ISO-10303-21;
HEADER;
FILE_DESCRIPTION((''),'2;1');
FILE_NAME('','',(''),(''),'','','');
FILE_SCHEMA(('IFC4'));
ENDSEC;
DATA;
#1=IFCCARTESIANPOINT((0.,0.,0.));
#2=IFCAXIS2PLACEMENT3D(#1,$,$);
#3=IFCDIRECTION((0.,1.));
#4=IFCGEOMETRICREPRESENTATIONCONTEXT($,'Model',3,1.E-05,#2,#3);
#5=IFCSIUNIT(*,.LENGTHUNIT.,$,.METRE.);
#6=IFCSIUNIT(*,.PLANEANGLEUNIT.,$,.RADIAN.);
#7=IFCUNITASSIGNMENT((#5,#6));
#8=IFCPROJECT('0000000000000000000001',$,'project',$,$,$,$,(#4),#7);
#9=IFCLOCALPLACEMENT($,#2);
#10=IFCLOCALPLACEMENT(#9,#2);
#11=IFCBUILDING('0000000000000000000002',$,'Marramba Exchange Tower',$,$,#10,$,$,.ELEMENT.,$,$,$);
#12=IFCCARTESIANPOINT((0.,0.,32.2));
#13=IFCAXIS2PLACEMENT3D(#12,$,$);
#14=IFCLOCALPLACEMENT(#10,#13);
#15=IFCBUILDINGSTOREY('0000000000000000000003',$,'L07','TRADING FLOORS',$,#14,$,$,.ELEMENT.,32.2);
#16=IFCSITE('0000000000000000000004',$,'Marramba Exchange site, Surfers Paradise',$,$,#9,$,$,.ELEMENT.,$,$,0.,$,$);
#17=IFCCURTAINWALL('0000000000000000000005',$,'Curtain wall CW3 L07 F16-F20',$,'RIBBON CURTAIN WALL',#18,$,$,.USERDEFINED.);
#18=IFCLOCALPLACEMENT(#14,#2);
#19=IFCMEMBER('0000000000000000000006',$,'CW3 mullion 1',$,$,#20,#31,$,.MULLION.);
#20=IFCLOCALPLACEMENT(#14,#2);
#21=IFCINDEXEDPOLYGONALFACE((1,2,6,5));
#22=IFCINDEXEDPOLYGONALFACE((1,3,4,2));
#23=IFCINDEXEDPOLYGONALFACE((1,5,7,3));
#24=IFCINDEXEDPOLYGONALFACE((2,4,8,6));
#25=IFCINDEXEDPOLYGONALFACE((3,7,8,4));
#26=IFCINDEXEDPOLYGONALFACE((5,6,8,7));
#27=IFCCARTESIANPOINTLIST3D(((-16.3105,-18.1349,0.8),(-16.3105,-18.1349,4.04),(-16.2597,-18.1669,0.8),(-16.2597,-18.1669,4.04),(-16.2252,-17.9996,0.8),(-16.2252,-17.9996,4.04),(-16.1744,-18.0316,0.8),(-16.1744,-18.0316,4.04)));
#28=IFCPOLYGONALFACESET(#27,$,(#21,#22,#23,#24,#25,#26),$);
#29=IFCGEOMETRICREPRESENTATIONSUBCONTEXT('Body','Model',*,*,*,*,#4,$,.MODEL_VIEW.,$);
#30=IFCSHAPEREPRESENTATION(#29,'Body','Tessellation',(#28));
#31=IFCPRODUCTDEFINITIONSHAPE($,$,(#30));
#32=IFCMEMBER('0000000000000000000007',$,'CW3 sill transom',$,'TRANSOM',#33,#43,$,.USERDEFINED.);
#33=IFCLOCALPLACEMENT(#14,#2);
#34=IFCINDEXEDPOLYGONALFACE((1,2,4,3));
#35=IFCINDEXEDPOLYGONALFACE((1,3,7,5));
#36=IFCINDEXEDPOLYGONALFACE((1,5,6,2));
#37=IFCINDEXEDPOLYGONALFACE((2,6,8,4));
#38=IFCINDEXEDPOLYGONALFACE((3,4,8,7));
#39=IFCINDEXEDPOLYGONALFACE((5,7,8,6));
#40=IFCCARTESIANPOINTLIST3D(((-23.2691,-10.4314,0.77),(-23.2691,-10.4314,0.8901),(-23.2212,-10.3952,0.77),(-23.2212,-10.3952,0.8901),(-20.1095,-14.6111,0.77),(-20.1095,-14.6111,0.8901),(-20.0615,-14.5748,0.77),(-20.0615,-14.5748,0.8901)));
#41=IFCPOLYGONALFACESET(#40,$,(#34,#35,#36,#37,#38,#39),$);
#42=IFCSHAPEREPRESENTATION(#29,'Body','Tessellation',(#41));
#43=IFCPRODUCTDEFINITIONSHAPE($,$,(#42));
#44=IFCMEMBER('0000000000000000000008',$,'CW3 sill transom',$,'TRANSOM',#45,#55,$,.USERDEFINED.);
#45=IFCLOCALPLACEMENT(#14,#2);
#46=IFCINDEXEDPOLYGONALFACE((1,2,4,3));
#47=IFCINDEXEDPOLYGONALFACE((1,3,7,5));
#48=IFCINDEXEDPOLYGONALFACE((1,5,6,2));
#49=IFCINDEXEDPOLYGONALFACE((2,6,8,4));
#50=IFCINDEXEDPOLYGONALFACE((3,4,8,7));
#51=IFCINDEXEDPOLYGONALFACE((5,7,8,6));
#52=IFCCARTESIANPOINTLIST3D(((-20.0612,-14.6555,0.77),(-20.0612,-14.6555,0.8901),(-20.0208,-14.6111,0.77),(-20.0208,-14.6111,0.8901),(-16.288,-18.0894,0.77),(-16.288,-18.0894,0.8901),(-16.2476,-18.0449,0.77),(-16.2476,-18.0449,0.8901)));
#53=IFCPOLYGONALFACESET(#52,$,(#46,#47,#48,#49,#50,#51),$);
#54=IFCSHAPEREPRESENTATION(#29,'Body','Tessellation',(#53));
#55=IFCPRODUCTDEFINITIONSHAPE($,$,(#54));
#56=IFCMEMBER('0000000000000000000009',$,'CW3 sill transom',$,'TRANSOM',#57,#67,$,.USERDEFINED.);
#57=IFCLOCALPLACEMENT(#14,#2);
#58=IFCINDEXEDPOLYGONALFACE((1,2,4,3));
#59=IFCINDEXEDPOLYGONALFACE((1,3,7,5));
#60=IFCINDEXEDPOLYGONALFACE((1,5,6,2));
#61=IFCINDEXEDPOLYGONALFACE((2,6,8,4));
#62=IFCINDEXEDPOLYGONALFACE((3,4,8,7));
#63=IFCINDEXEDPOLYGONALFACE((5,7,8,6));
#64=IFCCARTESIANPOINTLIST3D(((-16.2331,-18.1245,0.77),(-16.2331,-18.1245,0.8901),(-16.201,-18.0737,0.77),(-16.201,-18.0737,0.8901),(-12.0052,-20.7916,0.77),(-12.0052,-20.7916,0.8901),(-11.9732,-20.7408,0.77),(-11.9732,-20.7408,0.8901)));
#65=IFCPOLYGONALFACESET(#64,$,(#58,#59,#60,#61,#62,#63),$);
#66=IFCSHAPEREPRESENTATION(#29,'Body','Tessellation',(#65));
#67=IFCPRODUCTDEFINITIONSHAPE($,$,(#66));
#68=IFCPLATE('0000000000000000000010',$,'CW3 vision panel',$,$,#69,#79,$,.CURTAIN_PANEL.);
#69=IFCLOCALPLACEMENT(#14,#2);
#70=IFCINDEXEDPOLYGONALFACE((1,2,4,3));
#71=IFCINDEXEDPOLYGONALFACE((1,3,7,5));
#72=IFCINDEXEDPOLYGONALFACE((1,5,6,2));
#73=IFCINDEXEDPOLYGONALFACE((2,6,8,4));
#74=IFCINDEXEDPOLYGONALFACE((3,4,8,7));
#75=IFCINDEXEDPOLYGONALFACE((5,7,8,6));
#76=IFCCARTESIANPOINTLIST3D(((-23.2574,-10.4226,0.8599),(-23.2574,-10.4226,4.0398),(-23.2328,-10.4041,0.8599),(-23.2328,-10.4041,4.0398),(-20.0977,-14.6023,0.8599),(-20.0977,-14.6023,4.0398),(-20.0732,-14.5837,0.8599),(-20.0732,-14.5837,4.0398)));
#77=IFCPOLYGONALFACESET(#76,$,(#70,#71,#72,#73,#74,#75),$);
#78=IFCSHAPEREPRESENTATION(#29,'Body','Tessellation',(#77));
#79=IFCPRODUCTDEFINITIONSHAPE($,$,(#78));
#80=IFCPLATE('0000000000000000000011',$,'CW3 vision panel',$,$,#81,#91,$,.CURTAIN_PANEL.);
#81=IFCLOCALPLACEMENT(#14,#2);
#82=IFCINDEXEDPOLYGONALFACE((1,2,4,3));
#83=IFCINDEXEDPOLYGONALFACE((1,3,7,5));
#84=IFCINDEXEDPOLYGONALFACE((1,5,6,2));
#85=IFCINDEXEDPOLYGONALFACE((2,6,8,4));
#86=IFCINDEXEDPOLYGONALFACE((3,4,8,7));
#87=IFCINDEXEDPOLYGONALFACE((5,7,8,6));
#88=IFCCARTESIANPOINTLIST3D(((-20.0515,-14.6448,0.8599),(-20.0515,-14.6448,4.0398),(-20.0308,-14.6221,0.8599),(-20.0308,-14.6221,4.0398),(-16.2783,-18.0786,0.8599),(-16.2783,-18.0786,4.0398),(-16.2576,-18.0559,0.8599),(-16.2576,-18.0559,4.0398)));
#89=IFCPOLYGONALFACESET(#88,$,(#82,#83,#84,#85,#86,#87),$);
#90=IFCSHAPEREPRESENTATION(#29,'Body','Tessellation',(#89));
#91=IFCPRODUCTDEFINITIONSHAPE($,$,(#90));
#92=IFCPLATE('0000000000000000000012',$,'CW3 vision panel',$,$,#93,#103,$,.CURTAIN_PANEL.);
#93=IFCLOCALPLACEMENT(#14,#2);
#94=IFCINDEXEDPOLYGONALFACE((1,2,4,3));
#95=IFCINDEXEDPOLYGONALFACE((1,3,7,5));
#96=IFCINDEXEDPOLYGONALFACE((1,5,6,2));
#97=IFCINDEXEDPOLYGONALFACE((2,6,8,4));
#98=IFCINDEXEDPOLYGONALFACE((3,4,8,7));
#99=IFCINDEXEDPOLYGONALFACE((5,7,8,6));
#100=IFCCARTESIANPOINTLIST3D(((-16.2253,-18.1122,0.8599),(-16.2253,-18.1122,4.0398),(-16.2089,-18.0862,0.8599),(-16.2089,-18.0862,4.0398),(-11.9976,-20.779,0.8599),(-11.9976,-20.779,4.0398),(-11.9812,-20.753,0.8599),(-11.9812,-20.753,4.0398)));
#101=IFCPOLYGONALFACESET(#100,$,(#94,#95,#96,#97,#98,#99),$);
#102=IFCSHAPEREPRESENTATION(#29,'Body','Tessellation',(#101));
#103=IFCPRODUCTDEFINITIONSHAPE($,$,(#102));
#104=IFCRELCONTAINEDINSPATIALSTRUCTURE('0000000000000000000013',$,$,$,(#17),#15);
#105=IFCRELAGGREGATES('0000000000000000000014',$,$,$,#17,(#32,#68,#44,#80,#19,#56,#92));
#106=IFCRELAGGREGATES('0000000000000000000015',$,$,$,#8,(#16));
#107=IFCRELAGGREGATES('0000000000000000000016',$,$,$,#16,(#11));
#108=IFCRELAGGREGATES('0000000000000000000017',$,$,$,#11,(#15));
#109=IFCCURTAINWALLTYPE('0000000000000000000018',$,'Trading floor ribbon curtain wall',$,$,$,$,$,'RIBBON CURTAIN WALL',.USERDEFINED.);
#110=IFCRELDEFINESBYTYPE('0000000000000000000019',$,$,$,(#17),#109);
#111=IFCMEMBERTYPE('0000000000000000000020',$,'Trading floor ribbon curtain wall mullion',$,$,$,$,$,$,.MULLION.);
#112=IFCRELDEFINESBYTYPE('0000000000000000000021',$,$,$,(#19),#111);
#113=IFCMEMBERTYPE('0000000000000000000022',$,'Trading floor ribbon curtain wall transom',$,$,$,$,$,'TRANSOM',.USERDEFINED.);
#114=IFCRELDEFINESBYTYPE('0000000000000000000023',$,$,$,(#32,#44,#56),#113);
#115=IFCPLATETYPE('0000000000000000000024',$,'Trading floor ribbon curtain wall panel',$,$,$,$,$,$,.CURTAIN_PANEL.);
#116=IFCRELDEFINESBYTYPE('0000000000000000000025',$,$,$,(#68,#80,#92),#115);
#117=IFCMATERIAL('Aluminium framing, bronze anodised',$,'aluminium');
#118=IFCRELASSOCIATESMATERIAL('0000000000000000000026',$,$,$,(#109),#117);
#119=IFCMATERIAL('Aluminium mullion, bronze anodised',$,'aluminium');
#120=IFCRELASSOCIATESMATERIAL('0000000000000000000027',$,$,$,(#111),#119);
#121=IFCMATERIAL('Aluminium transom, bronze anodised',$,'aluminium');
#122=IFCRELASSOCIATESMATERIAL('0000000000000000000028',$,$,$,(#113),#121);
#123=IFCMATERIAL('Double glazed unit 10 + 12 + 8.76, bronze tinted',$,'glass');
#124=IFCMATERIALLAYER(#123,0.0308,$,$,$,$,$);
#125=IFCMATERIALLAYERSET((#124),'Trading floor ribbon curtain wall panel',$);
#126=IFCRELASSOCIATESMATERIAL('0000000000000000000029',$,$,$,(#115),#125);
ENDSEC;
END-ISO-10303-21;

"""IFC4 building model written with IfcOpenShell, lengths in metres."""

from ifc_helpers import new_model, si_unit, direction, frame, origin, origin_2d, place, context, subcontext, project, spatial, rectangle, extrude, material, layer, layer_set, material_profile, profile_set, type_object, element, aggregate, save


model = new_model("IFC4")

# Units and contexts
model_context = context("Model", 3, precision=1e-05, world=origin(), true_north=direction((0.0, 1.0)))
body_context = subcontext(model_context, "Body", "Model", "MODEL_VIEW")
ifc_project = project(units=[si_unit("LENGTHUNIT", "METRE"), si_unit("PLANEANGLEUNIT", "RADIAN")], contexts=[model_context])

# Site, building, storey
site_placement = place(None, origin())
site = spatial("IfcSite", under=ifc_project, at=site_placement, Name="Marramba Exchange site, Surfers Paradise", CompositionType="ELEMENT", RefElevation=0.0)
building_placement = place(site_placement, origin())
building = spatial("IfcBuilding", under=site, at=building_placement, Name="Marramba Exchange Tower", CompositionType="ELEMENT")
storey_placement = place(building_placement, frame((0.0, 0.0, 32.2)))
storey = spatial("IfcBuildingStorey", under=building, at=storey_placement, Name="L07", Description="TRADING FLOORS", CompositionType="ELEMENT", Elevation=32.2)

# Curtain wall, members, plates
ifc_material_1 = material(Name="Aluminium framing, bronze anodised", Category="aluminium")
curtain_wall_type = type_object("IfcCurtainWallType", Name="Trading floor ribbon curtain wall", ElementType="RIBBON CURTAIN WALL", PredefinedType="USERDEFINED", material=ifc_material_1)
curtain_wall_placement = place(storey_placement, origin())
curtain_wall = element("IfcCurtainWall", 1, at=curtain_wall_placement, inside=storey, type_object=curtain_wall_type, Name="Curtain wall CW3 L07 F16-F20", ObjectType="RIBBON CURTAIN WALL", PredefinedType="USERDEFINED")
ifc_material_2 = material(Name="Aluminium mullion, bronze anodised", Category="aluminium")
ifc_material_profile_1 = material_profile(ifc_material_2, rectangle(XDim=0.1599, YDim=0.0601, at=origin_2d()), Name="CW3 mullion 60x160")
ifc_profile_set_1 = profile_set([ifc_material_profile_1], Name="Aluminium mullion, bronze anodised")
member_type_1 = type_object("IfcMemberType", Name="Trading floor ribbon curtain wall mullion", PredefinedType="MULLION", material=ifc_profile_set_1)
member_1_placement = place(storey_placement, frame((-16.2424, -18.0833, 0.8), z_axis=(0.0, 0.0, 1.0), x_axis=(0.533515, 0.845791, 0.0)))
member_1 = element("IfcMember", 2, at=member_1_placement, type_object=member_type_1, Name="CW3 mullion 1", PredefinedType="MULLION", context=body_context, shape_type="SweptSolid", body=[
    extrude(rectangle(XDim=0.1599, YDim=0.0601, at=origin_2d()), origin(), (0.0, 0.0, 1.0), 3.24),
])
ifc_material_3 = material(Name="Aluminium transom, bronze anodised", Category="aluminium")
ifc_material_profile_2 = material_profile(ifc_material_3, rectangle(XDim=0.0601, YDim=0.1201, at=origin_2d()), Name="CW3 transom 60x120")
ifc_profile_set_2 = profile_set([ifc_material_profile_2], Name="Aluminium transom, bronze anodised")
member_type_2 = type_object("IfcMemberType", Name="Trading floor ribbon curtain wall transom", ElementType="TRANSOM", PredefinedType="USERDEFINED", material=ifc_profile_set_2)
member_2_placement = place(storey_placement, frame((-23.2451, -10.4133, 0.8301), z_axis=(0.603037, -0.797713, 0.0), x_axis=(0.797713, 0.603037, 0.0)))
member_2 = element("IfcMember", 3, at=member_2_placement, type_object=member_type_2, Name="CW3 sill transom", ObjectType="TRANSOM", PredefinedType="USERDEFINED", context=body_context, shape_type="SweptSolid", body=[
    extrude(rectangle(XDim=0.0601, YDim=0.1201, at=origin_2d()), origin(), (0.0, 0.0, 1.0), 5.2395),
])
member_3_placement = place(storey_placement, frame((-20.041, -14.6333, 0.8301), z_axis=(0.739583, -0.673066, 0.0), x_axis=(0.673066, 0.739583, 0.0)))
member_3 = element("IfcMember", 4, at=member_3_placement, type_object=member_type_2, Name="CW3 sill transom", ObjectType="TRANSOM", PredefinedType="USERDEFINED", context=body_context, shape_type="SweptSolid", body=[
    extrude(rectangle(XDim=0.0601, YDim=0.1201, at=origin_2d()), origin(), (0.0, 0.0, 1.0), 5.1018),
])
member_4_placement = place(storey_placement, frame((-16.217, -18.0991, 0.8301), z_axis=(0.845777, -0.533537, 0.0), x_axis=(0.533537, 0.845777, 0.0)))
member_4 = element("IfcMember", 5, at=member_4_placement, type_object=member_type_2, Name="CW3 sill transom", ObjectType="TRANSOM", PredefinedType="USERDEFINED", context=body_context, shape_type="SweptSolid", body=[
    extrude(rectangle(XDim=0.0601, YDim=0.1201, at=origin_2d()), origin(), (0.0, 0.0, 1.0), 4.9988),
])
ifc_material_4 = material(Name="Double glazed unit 10 + 12 + 8.76, bronze tinted", Category="glass")
ifc_layer_1 = layer(ifc_material_4, 0.0308)
ifc_layer_set_1 = layer_set([ifc_layer_1], Name="Trading floor ribbon curtain wall panel")
plate_type = type_object("IfcPlateType", Name="Trading floor ribbon curtain wall panel", PredefinedType="CURTAIN_PANEL", material=ifc_layer_set_1)
plate_1_placement = place(storey_placement, frame((-21.6653, -12.5032, 0.8599), z_axis=(0.0, 0.0, 1.0), x_axis=(0.60304, -0.797711, 0.0)))
plate_1 = element("IfcPlate", 6, at=plate_1_placement, type_object=plate_type, Name="CW3 vision panel", PredefinedType="CURTAIN_PANEL", context=body_context, shape_type="SweptSolid", body=[
    extrude(rectangle(XDim=5.2395, YDim=0.0308, at=origin_2d()), origin(), (0.0, 0.0, 1.0), 3.1799),
])
plate_2_placement = place(storey_placement, frame((-18.1545, -16.3503, 0.8599), z_axis=(0.0, 0.0, 1.0), x_axis=(0.73959, -0.673058, 0.0)))
plate_2 = element("IfcPlate", 7, at=plate_2_placement, type_object=plate_type, Name="CW3 vision panel", PredefinedType="CURTAIN_PANEL", context=body_context, shape_type="SweptSolid", body=[
    extrude(rectangle(XDim=5.1018, YDim=0.0308, at=origin_2d()), origin(), (0.0, 0.0, 1.0), 3.1799),
])
plate_3_placement = place(storey_placement, frame((-14.1033, -19.4326, 0.8599), z_axis=(0.0, 0.0, 1.0), x_axis=(0.845791, -0.533515, 0.0)))
plate_3 = element("IfcPlate", 8, at=plate_3_placement, type_object=plate_type, Name="CW3 vision panel", PredefinedType="CURTAIN_PANEL", context=body_context, shape_type="SweptSolid", body=[
    extrude(rectangle(XDim=4.9985, YDim=0.0308, at=origin_2d()), origin(), (0.0, 0.0, 1.0), 3.1799),
])
aggregate(curtain_wall, [member_2, plate_1, member_3, plate_2, member_1, member_4, plate_3])

save(model, "model.ifc")
